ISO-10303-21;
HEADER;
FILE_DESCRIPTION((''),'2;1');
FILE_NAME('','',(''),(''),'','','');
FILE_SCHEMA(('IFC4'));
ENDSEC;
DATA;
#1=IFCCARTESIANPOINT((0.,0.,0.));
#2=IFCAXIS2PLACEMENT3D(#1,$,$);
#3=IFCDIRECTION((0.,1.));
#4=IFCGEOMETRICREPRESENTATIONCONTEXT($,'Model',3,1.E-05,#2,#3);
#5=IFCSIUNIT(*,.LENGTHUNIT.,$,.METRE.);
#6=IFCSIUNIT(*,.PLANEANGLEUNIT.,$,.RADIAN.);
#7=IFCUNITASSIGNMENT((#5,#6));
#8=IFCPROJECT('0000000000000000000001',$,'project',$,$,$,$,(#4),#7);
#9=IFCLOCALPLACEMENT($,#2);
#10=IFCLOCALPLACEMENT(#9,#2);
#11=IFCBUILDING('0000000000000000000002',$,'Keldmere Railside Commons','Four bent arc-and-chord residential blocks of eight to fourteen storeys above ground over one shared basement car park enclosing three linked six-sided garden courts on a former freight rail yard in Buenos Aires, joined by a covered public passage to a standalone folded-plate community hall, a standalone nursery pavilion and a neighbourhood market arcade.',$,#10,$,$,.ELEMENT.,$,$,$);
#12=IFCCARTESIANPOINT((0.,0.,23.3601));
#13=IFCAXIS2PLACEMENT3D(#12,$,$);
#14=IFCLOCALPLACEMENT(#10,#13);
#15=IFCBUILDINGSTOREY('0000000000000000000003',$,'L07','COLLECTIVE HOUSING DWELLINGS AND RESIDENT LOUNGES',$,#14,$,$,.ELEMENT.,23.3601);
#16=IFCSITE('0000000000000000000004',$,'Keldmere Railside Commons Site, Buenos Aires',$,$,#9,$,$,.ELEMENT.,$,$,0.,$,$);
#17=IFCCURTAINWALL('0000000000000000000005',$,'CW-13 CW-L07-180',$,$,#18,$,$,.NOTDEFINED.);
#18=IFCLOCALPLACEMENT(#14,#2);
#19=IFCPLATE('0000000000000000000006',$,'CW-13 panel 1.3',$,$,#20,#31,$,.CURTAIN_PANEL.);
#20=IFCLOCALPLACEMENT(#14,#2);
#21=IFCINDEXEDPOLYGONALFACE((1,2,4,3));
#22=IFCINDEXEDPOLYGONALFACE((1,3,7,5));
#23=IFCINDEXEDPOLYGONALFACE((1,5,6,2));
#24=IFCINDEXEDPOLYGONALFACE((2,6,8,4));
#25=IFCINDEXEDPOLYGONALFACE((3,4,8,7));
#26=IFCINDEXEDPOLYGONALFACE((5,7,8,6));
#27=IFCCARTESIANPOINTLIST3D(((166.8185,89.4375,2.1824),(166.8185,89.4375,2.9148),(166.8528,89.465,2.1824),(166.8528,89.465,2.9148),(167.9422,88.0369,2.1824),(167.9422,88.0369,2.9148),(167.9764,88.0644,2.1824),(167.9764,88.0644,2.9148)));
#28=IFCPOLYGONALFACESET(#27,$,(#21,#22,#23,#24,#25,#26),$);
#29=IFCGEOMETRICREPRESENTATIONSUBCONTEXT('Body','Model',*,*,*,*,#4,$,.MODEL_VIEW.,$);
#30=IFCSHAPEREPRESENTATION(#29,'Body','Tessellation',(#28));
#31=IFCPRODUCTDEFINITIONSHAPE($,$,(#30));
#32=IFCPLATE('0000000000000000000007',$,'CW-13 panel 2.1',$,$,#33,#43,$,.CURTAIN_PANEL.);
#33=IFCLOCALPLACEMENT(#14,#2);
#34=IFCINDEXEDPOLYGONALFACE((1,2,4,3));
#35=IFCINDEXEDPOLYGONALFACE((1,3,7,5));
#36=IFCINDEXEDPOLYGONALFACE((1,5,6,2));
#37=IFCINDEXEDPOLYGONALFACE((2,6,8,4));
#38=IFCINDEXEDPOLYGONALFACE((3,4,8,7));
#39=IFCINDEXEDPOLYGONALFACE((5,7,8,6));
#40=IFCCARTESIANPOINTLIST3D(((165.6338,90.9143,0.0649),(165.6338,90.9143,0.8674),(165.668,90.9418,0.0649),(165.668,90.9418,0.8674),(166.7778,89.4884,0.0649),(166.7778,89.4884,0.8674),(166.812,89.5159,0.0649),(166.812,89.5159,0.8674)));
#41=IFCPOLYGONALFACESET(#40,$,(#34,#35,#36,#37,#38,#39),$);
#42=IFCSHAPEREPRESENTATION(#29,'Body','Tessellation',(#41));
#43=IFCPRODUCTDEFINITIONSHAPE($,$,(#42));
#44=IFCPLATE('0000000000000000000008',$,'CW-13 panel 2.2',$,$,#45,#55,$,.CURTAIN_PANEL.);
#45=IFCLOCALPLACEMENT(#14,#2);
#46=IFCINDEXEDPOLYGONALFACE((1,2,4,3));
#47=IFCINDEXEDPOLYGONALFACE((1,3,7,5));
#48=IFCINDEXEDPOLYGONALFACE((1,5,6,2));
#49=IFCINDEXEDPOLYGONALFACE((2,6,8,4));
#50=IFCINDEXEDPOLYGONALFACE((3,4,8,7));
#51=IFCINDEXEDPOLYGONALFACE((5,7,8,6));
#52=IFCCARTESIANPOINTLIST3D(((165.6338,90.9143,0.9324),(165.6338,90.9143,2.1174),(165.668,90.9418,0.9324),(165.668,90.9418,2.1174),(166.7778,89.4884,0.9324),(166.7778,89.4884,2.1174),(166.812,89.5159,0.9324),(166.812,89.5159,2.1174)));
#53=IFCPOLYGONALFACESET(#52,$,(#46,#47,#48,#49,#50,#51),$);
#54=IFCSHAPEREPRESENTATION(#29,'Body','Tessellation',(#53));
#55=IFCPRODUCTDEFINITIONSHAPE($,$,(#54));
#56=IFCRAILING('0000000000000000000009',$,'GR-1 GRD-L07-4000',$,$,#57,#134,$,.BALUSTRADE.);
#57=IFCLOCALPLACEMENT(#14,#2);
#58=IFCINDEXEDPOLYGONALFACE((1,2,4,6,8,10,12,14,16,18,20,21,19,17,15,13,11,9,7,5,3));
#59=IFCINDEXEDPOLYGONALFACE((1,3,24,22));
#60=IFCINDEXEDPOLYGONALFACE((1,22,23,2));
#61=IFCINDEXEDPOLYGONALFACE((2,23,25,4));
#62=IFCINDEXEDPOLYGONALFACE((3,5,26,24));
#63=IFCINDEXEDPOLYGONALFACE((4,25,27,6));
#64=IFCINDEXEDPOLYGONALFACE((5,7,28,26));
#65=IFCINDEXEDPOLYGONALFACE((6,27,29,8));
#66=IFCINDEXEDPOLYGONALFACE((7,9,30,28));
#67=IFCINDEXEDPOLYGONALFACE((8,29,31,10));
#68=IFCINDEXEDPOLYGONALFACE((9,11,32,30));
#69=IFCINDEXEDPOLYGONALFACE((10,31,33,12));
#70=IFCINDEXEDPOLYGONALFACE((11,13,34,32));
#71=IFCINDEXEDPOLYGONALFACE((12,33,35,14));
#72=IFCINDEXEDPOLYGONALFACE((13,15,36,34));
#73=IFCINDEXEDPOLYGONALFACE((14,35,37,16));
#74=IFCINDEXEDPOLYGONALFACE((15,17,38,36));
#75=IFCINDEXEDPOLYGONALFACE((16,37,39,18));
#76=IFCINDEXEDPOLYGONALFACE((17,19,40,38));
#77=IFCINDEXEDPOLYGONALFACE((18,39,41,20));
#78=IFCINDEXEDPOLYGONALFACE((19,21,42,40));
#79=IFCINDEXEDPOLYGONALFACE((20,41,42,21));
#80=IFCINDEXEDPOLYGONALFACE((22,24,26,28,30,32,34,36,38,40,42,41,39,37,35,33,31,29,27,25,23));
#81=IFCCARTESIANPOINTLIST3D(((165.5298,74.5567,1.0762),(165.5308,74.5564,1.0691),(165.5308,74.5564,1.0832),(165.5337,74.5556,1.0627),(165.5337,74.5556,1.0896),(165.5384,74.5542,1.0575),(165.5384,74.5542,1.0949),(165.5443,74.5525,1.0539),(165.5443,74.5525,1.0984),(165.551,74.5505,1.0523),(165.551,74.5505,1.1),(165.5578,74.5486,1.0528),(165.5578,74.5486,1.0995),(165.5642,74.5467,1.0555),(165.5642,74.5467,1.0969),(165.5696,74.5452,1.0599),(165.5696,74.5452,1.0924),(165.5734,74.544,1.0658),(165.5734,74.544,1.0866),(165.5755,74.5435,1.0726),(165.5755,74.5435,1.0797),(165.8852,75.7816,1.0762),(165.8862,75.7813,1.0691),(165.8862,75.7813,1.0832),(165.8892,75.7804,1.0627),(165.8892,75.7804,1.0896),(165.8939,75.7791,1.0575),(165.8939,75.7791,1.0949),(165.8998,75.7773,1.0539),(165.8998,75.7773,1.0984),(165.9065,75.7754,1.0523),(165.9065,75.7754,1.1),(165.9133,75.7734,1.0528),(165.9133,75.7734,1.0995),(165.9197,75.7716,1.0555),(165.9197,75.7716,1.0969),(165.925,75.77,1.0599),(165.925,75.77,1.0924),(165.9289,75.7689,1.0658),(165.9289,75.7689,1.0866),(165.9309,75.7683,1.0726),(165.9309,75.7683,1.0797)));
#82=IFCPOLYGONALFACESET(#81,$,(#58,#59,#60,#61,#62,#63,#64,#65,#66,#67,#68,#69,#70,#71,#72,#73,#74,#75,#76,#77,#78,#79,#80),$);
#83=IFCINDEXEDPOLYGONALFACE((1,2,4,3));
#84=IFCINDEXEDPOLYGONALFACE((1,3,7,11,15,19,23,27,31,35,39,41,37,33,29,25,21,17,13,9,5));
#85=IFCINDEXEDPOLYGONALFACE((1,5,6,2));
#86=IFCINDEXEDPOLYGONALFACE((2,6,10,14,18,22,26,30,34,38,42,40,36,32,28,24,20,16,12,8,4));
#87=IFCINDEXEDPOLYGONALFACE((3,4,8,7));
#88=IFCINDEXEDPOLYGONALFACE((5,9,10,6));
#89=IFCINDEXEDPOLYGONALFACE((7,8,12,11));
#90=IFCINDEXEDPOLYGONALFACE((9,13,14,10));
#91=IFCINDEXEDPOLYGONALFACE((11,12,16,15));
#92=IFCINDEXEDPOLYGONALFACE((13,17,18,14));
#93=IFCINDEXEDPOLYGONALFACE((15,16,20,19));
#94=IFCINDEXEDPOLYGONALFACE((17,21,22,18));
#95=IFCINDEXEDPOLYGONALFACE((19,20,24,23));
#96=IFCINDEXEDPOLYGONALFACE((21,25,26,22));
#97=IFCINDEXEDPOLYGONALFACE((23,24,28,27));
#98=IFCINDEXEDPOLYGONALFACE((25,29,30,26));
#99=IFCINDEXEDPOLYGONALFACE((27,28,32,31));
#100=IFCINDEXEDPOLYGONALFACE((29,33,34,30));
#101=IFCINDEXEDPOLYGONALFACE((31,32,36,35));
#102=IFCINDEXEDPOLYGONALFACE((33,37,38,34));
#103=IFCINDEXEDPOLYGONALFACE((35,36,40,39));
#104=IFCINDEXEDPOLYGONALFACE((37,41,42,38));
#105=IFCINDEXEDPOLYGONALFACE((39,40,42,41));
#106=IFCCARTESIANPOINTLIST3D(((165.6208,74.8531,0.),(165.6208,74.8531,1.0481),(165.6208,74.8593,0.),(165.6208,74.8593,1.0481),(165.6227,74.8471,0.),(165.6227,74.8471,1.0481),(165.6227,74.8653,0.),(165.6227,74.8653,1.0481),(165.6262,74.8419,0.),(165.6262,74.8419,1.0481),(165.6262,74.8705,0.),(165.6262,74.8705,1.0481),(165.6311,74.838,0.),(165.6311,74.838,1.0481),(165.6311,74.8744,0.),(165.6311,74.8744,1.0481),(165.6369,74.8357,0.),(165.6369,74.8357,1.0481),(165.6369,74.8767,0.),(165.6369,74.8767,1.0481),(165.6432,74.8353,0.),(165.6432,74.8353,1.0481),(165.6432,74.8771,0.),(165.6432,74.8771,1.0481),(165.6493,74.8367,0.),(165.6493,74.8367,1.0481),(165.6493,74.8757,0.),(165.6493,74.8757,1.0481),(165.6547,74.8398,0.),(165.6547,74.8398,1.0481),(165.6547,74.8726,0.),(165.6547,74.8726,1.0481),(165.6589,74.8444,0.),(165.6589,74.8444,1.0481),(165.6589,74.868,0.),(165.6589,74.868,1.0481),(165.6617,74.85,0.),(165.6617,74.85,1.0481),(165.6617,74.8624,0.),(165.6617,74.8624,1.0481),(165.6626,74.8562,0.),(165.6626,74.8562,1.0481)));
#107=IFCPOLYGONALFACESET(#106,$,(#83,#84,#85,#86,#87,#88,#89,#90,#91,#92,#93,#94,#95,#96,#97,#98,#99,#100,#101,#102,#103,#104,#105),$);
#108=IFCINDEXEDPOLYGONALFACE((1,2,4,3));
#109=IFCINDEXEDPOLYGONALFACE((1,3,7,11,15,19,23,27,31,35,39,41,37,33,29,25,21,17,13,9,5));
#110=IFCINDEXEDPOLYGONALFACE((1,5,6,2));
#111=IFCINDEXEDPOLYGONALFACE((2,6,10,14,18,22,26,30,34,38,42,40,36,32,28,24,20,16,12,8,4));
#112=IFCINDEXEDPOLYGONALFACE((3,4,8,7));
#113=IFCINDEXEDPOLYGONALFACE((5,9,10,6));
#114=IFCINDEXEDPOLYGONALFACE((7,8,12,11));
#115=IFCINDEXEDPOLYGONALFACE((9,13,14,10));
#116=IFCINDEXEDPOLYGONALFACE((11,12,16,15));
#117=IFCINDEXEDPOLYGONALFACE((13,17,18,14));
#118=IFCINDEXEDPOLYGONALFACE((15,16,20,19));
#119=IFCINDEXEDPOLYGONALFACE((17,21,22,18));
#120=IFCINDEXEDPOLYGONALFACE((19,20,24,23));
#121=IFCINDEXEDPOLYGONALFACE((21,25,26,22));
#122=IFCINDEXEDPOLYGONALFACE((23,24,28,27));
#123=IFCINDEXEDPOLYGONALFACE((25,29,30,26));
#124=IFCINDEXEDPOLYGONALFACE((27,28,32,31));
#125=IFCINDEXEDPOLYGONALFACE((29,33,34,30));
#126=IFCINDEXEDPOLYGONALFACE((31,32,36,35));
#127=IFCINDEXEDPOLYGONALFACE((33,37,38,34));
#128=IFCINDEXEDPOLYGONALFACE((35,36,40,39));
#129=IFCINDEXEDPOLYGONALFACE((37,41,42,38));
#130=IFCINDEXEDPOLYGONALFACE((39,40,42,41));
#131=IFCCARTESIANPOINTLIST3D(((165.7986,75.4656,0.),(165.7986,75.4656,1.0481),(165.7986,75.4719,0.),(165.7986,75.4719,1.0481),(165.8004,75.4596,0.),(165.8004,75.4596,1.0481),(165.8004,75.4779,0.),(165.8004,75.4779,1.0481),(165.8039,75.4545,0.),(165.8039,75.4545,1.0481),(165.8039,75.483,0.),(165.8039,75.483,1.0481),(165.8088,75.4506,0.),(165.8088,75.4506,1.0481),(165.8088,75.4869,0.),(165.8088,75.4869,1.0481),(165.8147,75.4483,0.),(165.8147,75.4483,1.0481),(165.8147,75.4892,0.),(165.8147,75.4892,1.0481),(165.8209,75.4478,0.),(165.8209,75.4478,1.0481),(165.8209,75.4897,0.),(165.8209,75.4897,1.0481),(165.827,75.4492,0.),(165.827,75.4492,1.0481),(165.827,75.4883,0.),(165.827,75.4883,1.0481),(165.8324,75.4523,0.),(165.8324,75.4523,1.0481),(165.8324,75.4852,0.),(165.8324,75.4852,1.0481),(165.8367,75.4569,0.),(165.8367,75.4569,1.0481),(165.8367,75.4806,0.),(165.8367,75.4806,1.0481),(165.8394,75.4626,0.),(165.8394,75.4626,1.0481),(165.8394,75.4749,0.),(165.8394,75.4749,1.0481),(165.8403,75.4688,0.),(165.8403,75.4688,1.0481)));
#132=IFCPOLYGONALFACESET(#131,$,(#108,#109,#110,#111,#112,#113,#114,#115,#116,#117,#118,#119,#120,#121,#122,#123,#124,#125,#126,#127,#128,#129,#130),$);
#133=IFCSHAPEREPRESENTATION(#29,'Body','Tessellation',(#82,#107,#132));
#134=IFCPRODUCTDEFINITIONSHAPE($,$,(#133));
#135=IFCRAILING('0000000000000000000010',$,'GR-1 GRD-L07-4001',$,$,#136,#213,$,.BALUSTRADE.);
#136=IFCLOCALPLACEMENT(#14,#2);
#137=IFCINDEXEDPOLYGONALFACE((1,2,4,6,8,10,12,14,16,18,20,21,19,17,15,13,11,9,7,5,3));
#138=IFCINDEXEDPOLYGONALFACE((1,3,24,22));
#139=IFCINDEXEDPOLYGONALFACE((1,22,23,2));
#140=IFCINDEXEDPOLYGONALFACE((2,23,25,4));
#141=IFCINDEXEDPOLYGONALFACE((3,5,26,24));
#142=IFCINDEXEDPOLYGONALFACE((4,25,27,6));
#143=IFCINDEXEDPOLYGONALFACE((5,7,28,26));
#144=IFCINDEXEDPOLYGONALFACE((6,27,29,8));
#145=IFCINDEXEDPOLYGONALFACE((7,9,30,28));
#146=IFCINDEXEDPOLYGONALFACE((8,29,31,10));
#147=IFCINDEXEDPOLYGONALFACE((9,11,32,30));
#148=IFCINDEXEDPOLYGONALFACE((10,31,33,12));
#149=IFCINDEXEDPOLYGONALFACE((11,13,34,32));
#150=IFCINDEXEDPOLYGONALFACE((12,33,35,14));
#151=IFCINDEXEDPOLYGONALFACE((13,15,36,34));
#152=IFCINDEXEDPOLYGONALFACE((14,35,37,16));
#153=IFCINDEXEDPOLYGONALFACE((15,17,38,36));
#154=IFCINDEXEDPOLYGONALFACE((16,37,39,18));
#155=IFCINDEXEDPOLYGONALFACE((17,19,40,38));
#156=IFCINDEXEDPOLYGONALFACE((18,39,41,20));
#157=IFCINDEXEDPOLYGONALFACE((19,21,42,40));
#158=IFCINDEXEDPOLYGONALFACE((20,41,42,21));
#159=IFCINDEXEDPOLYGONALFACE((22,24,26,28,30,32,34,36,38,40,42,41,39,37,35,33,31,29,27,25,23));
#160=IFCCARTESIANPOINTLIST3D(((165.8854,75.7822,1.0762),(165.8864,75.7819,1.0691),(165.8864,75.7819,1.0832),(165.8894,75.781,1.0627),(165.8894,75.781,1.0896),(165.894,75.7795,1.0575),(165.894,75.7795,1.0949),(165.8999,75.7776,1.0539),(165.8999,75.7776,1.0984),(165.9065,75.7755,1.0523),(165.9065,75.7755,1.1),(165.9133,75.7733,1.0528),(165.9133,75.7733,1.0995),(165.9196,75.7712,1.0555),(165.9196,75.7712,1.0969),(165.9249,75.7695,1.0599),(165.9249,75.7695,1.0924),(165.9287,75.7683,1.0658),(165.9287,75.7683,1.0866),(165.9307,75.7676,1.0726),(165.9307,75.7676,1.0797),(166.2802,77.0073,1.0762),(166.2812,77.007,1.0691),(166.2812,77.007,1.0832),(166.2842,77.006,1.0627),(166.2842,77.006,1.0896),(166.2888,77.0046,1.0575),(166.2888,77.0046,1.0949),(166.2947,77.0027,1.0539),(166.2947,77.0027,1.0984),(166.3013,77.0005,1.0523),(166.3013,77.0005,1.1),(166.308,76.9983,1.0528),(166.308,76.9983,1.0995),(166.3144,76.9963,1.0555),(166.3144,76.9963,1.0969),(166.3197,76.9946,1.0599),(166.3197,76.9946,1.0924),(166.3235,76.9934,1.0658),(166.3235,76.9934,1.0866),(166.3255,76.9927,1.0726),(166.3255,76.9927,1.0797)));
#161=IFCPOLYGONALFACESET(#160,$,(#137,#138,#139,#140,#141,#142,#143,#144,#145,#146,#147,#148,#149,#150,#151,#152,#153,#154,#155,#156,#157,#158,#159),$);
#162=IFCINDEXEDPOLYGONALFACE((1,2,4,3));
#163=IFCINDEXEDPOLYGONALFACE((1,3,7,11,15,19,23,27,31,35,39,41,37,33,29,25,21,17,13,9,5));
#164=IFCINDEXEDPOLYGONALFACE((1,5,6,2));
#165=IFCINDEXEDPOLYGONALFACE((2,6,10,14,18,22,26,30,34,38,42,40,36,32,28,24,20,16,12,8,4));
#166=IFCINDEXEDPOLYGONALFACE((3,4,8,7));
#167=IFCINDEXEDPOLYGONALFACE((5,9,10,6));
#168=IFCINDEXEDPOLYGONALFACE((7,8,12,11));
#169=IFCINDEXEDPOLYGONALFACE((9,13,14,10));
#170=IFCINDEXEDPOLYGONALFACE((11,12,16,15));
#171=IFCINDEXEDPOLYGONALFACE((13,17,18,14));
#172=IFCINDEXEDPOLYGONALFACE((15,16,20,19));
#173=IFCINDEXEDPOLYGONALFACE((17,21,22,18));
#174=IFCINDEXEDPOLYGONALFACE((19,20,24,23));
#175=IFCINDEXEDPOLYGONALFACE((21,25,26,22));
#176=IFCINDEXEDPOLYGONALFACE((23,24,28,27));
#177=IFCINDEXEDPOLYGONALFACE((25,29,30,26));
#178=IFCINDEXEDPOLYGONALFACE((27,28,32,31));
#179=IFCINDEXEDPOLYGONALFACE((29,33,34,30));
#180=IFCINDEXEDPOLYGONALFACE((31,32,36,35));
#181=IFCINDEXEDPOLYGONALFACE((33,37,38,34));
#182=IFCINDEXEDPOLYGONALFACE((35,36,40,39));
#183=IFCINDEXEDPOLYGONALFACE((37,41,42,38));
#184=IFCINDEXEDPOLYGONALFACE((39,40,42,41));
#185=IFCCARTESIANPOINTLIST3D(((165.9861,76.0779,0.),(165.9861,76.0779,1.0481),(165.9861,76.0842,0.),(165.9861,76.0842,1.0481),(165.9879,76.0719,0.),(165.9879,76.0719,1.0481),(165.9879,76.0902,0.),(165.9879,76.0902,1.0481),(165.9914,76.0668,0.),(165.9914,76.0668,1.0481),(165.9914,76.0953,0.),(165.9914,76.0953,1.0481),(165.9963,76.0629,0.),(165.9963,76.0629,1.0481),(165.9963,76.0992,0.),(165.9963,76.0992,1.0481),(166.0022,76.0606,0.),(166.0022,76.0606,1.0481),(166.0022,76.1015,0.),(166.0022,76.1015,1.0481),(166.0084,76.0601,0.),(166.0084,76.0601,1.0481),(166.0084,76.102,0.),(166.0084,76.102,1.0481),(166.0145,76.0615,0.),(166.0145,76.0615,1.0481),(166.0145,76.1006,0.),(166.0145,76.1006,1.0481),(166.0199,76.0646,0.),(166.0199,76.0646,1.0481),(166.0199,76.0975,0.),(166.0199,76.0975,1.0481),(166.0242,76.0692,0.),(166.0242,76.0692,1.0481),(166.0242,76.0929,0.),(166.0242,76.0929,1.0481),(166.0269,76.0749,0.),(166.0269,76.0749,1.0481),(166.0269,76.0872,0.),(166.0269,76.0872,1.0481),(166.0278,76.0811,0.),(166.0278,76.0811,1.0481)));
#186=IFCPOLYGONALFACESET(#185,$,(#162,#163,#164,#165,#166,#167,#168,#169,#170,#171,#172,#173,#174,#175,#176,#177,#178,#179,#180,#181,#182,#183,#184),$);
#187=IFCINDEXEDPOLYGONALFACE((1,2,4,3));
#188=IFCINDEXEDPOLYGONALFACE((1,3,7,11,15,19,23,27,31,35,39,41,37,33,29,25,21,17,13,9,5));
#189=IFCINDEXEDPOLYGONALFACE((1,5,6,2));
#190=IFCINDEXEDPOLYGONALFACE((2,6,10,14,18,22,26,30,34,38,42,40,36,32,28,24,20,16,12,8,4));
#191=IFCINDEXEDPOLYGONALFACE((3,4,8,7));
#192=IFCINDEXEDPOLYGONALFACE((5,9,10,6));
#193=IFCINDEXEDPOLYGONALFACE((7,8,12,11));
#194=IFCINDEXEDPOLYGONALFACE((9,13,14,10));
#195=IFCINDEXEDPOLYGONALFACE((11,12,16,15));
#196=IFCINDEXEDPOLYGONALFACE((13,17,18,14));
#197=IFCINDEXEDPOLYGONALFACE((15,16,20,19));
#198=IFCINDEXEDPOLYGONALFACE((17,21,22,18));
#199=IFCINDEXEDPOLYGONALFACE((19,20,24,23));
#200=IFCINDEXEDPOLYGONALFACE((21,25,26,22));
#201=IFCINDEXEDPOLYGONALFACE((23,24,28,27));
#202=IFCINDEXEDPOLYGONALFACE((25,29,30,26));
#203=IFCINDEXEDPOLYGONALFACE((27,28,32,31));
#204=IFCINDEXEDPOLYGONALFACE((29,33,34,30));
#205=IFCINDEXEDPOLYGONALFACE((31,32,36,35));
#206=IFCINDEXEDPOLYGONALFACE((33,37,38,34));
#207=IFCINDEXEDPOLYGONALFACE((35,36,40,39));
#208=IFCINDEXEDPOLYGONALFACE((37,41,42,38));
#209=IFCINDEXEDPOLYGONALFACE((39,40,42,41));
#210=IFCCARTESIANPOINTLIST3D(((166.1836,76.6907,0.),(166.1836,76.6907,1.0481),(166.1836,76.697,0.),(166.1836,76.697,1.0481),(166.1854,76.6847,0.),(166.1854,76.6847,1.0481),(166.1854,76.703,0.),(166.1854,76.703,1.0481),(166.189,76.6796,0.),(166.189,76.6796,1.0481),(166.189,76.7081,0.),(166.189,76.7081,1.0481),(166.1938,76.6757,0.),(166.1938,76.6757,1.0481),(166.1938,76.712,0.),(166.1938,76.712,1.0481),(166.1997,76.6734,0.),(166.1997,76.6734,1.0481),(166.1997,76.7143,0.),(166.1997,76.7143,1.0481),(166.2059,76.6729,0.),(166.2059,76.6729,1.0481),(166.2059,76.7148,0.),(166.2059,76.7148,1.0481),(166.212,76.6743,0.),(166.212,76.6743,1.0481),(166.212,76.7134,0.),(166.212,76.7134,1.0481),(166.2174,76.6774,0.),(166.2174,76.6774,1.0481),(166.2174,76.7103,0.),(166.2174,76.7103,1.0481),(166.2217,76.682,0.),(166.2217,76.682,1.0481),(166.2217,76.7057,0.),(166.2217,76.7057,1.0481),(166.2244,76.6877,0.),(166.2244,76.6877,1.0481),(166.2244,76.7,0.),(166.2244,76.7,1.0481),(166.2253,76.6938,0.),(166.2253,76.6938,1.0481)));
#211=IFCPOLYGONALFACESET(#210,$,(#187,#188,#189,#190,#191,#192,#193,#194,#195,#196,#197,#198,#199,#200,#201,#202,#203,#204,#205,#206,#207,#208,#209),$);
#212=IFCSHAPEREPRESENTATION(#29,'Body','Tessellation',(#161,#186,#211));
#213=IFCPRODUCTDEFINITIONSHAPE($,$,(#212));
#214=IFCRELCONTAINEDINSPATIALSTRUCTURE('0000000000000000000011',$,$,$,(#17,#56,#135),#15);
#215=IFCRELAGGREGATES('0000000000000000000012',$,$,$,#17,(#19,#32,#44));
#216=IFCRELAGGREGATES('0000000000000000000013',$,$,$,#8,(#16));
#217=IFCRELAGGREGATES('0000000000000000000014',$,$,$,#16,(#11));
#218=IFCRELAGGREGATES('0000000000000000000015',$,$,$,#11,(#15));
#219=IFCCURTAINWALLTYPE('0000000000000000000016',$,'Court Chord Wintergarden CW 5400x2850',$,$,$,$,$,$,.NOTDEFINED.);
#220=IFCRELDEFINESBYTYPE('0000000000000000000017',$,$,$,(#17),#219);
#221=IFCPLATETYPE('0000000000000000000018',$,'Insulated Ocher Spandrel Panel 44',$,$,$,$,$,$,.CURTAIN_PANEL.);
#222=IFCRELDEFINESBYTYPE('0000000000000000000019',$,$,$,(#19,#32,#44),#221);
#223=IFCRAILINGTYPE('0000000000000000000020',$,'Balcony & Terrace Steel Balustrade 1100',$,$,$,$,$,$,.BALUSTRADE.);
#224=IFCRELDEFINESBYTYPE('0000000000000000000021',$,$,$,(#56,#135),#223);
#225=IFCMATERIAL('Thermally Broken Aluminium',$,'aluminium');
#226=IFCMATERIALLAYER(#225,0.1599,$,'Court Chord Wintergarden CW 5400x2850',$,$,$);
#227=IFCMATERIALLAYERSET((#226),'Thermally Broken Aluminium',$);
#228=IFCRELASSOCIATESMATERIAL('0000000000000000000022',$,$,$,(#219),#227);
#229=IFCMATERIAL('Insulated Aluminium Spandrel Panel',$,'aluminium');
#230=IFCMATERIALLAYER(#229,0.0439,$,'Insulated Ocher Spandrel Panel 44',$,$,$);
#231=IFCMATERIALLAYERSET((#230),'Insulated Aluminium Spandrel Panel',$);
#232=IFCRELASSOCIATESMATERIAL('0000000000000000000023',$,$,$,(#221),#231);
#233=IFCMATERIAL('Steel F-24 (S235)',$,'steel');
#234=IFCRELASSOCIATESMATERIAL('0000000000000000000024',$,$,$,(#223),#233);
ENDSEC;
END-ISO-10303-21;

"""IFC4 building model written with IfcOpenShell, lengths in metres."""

from ifc_helpers import new_model, si_unit, direction, frame, origin, origin_2d, place, context, subcontext, project, spatial, rectangle, circle, extrude, material, layer, layer_set, type_object, element, aggregate, save


model = new_model("IFC4")

# Units and contexts
model_context = context("Model", 3, precision=1e-05, world=origin(), true_north=direction((0.0, 1.0)))
body_context = subcontext(model_context, "Body", "Model", "MODEL_VIEW")
ifc_project = project(units=[si_unit("LENGTHUNIT", "METRE"), si_unit("PLANEANGLEUNIT", "RADIAN")], contexts=[model_context])

# Site, building, storey
site_placement = place(None, origin())
site = spatial("IfcSite", under=ifc_project, at=site_placement, Name="Keldmere Railside Commons Site, Buenos Aires", CompositionType="ELEMENT", RefElevation=0.0)
building_placement = place(site_placement, origin())
building = spatial("IfcBuilding", under=site, at=building_placement, Name="Keldmere Railside Commons", Description="Four bent arc-and-chord residential blocks of eight to fourteen storeys above ground over one shared basement car park enclosing three linked six-sided garden courts on a former freight rail yard in Buenos Aires, joined by a covered public passage to a standalone folded-plate community hall, a standalone nursery pavilion and a neighbourhood market arcade.", CompositionType="ELEMENT")
storey_placement = place(building_placement, frame((0.0, 0.0, 23.3601)))
storey = spatial("IfcBuildingStorey", under=building, at=storey_placement, Name="L07", Description="COLLECTIVE HOUSING DWELLINGS AND RESIDENT LOUNGES", CompositionType="ELEMENT", Elevation=23.3601)

# Curtain wall, plates
ifc_material_1 = material(Name="Thermally Broken Aluminium", Category="aluminium")
ifc_layer_1 = layer(ifc_material_1, 0.1599, Name="Court Chord Wintergarden CW 5400x2850")
ifc_layer_set_1 = layer_set([ifc_layer_1], Name="Thermally Broken Aluminium")
curtain_wall_type = type_object("IfcCurtainWallType", Name="Court Chord Wintergarden CW 5400x2850", PredefinedType="NOTDEFINED", material=ifc_layer_set_1)
curtain_wall_placement = place(storey_placement, origin())
curtain_wall = element("IfcCurtainWall", 1, at=curtain_wall_placement, inside=storey, type_object=curtain_wall_type, Name="CW-13 CW-L07-180", PredefinedType="NOTDEFINED")
ifc_material_2 = material(Name="Insulated Aluminium Spandrel Panel", Category="aluminium")
ifc_layer_2 = layer(ifc_material_2, 0.0439, Name="Insulated Ocher Spandrel Panel 44")
ifc_layer_set_2 = layer_set([ifc_layer_2], Name="Insulated Aluminium Spandrel Panel")
plate_type = type_object("IfcPlateType", Name="Insulated Ocher Spandrel Panel 44", PredefinedType="CURTAIN_PANEL", material=ifc_layer_set_2)
plate_1_placement = place(storey_placement, frame((167.3975, 88.751, 2.1824), z_axis=(0.0, 0.0, 1.0), x_axis=(-0.625768, 0.780009, 0.0)))
plate_1 = element("IfcPlate", 2, at=plate_1_placement, type_object=plate_type, Name="CW-13 panel 1.3", PredefinedType="CURTAIN_PANEL", context=body_context, shape_type="SweptSolid", body=[
    extrude(rectangle(XDim=1.7957, YDim=0.0439, at=origin_2d()), origin(), (0.0, 0.0, 1.0), 0.7324),
])
plate_2_placement = place(storey_placement, frame((166.2229, 90.2151, 0.0649), z_axis=(0.0, 0.0, 1.0), x_axis=(-0.625768, 0.780009, 0.0)))
plate_2 = element("IfcPlate", 3, at=plate_2_placement, type_object=plate_type, Name="CW-13 panel 2.1", PredefinedType="CURTAIN_PANEL", context=body_context, shape_type="SweptSolid", body=[
    extrude(rectangle(XDim=1.8281, YDim=0.0439, at=origin_2d()), origin(), (0.0, 0.0, 1.0), 0.8025),
])
plate_3_placement = place(storey_placement, frame((166.2229, 90.2151, 0.9324), z_axis=(0.0, 0.0, 1.0), x_axis=(-0.625768, 0.780009, 0.0)))
plate_3 = element("IfcPlate", 4, at=plate_3_placement, type_object=plate_type, Name="CW-13 panel 2.2", PredefinedType="CURTAIN_PANEL", context=body_context, shape_type="SweptSolid", body=[
    extrude(rectangle(XDim=1.8281, YDim=0.0439, at=origin_2d()), origin(), (0.0, 0.0, 1.0), 1.1851),
])
aggregate(curtain_wall, [plate_1, plate_2, plate_3])

# Railings
ifc_material_3 = material(Name="Steel F-24 (S235)", Category="steel")
railing_type = type_object("IfcRailingType", Name="Balcony & Terrace Steel Balustrade 1100", PredefinedType="BALUSTRADE", material=ifc_material_3)
railing_1_placement = place(storey_placement, frame((165.5527, 74.55, 0.0)))
element("IfcRailing", 5, at=railing_1_placement, inside=storey, type_object=railing_type, Name="GR-1 GRD-L07-4000", PredefinedType="BALUSTRADE", context=body_context, shape_type="SweptSolid", body=[
    extrude(circle(Radius=0.0239, at=origin_2d()), frame((0.0, 0.0, 1.0762), z_axis=(0.278713, 0.960374, 0.0), x_axis=(-0.960374, 0.278713, 0.0)), (0.0, 0.0, 1.0), 1.2754),
    extrude(circle(Radius=0.021, at=origin_2d()), frame((0.0889, 0.3062, 0.0)), (0.0, 0.0, 1.0), 1.0481),
    extrude(circle(Radius=0.021, at=origin_2d()), frame((0.2666, 0.9187, 0.0)), (0.0, 0.0, 1.0), 1.0481),
])
railing_2_placement = place(storey_placement, frame((165.9082, 75.7749, 0.0)))
element("IfcRailing", 6, at=railing_2_placement, inside=storey, type_object=railing_type, Name="GR-1 GRD-L07-4001", PredefinedType="BALUSTRADE", context=body_context, shape_type="SweptSolid", body=[
    extrude(circle(Radius=0.0239, at=origin_2d()), frame((0.0, 0.0, 1.0762), z_axis=(0.306709, 0.951803, 0.0), x_axis=(-0.951803, 0.306709, 0.0)), (0.0, 0.0, 1.0), 1.2871),
    extrude(circle(Radius=0.021, at=origin_2d()), frame((0.0986, 0.3062, 0.0)), (0.0, 0.0, 1.0), 1.0481),
    extrude(circle(Radius=0.021, at=origin_2d()), frame((0.2961, 0.9189, 0.0)), (0.0, 0.0, 1.0), 1.0481),
])

save(model, "model.ifc")
